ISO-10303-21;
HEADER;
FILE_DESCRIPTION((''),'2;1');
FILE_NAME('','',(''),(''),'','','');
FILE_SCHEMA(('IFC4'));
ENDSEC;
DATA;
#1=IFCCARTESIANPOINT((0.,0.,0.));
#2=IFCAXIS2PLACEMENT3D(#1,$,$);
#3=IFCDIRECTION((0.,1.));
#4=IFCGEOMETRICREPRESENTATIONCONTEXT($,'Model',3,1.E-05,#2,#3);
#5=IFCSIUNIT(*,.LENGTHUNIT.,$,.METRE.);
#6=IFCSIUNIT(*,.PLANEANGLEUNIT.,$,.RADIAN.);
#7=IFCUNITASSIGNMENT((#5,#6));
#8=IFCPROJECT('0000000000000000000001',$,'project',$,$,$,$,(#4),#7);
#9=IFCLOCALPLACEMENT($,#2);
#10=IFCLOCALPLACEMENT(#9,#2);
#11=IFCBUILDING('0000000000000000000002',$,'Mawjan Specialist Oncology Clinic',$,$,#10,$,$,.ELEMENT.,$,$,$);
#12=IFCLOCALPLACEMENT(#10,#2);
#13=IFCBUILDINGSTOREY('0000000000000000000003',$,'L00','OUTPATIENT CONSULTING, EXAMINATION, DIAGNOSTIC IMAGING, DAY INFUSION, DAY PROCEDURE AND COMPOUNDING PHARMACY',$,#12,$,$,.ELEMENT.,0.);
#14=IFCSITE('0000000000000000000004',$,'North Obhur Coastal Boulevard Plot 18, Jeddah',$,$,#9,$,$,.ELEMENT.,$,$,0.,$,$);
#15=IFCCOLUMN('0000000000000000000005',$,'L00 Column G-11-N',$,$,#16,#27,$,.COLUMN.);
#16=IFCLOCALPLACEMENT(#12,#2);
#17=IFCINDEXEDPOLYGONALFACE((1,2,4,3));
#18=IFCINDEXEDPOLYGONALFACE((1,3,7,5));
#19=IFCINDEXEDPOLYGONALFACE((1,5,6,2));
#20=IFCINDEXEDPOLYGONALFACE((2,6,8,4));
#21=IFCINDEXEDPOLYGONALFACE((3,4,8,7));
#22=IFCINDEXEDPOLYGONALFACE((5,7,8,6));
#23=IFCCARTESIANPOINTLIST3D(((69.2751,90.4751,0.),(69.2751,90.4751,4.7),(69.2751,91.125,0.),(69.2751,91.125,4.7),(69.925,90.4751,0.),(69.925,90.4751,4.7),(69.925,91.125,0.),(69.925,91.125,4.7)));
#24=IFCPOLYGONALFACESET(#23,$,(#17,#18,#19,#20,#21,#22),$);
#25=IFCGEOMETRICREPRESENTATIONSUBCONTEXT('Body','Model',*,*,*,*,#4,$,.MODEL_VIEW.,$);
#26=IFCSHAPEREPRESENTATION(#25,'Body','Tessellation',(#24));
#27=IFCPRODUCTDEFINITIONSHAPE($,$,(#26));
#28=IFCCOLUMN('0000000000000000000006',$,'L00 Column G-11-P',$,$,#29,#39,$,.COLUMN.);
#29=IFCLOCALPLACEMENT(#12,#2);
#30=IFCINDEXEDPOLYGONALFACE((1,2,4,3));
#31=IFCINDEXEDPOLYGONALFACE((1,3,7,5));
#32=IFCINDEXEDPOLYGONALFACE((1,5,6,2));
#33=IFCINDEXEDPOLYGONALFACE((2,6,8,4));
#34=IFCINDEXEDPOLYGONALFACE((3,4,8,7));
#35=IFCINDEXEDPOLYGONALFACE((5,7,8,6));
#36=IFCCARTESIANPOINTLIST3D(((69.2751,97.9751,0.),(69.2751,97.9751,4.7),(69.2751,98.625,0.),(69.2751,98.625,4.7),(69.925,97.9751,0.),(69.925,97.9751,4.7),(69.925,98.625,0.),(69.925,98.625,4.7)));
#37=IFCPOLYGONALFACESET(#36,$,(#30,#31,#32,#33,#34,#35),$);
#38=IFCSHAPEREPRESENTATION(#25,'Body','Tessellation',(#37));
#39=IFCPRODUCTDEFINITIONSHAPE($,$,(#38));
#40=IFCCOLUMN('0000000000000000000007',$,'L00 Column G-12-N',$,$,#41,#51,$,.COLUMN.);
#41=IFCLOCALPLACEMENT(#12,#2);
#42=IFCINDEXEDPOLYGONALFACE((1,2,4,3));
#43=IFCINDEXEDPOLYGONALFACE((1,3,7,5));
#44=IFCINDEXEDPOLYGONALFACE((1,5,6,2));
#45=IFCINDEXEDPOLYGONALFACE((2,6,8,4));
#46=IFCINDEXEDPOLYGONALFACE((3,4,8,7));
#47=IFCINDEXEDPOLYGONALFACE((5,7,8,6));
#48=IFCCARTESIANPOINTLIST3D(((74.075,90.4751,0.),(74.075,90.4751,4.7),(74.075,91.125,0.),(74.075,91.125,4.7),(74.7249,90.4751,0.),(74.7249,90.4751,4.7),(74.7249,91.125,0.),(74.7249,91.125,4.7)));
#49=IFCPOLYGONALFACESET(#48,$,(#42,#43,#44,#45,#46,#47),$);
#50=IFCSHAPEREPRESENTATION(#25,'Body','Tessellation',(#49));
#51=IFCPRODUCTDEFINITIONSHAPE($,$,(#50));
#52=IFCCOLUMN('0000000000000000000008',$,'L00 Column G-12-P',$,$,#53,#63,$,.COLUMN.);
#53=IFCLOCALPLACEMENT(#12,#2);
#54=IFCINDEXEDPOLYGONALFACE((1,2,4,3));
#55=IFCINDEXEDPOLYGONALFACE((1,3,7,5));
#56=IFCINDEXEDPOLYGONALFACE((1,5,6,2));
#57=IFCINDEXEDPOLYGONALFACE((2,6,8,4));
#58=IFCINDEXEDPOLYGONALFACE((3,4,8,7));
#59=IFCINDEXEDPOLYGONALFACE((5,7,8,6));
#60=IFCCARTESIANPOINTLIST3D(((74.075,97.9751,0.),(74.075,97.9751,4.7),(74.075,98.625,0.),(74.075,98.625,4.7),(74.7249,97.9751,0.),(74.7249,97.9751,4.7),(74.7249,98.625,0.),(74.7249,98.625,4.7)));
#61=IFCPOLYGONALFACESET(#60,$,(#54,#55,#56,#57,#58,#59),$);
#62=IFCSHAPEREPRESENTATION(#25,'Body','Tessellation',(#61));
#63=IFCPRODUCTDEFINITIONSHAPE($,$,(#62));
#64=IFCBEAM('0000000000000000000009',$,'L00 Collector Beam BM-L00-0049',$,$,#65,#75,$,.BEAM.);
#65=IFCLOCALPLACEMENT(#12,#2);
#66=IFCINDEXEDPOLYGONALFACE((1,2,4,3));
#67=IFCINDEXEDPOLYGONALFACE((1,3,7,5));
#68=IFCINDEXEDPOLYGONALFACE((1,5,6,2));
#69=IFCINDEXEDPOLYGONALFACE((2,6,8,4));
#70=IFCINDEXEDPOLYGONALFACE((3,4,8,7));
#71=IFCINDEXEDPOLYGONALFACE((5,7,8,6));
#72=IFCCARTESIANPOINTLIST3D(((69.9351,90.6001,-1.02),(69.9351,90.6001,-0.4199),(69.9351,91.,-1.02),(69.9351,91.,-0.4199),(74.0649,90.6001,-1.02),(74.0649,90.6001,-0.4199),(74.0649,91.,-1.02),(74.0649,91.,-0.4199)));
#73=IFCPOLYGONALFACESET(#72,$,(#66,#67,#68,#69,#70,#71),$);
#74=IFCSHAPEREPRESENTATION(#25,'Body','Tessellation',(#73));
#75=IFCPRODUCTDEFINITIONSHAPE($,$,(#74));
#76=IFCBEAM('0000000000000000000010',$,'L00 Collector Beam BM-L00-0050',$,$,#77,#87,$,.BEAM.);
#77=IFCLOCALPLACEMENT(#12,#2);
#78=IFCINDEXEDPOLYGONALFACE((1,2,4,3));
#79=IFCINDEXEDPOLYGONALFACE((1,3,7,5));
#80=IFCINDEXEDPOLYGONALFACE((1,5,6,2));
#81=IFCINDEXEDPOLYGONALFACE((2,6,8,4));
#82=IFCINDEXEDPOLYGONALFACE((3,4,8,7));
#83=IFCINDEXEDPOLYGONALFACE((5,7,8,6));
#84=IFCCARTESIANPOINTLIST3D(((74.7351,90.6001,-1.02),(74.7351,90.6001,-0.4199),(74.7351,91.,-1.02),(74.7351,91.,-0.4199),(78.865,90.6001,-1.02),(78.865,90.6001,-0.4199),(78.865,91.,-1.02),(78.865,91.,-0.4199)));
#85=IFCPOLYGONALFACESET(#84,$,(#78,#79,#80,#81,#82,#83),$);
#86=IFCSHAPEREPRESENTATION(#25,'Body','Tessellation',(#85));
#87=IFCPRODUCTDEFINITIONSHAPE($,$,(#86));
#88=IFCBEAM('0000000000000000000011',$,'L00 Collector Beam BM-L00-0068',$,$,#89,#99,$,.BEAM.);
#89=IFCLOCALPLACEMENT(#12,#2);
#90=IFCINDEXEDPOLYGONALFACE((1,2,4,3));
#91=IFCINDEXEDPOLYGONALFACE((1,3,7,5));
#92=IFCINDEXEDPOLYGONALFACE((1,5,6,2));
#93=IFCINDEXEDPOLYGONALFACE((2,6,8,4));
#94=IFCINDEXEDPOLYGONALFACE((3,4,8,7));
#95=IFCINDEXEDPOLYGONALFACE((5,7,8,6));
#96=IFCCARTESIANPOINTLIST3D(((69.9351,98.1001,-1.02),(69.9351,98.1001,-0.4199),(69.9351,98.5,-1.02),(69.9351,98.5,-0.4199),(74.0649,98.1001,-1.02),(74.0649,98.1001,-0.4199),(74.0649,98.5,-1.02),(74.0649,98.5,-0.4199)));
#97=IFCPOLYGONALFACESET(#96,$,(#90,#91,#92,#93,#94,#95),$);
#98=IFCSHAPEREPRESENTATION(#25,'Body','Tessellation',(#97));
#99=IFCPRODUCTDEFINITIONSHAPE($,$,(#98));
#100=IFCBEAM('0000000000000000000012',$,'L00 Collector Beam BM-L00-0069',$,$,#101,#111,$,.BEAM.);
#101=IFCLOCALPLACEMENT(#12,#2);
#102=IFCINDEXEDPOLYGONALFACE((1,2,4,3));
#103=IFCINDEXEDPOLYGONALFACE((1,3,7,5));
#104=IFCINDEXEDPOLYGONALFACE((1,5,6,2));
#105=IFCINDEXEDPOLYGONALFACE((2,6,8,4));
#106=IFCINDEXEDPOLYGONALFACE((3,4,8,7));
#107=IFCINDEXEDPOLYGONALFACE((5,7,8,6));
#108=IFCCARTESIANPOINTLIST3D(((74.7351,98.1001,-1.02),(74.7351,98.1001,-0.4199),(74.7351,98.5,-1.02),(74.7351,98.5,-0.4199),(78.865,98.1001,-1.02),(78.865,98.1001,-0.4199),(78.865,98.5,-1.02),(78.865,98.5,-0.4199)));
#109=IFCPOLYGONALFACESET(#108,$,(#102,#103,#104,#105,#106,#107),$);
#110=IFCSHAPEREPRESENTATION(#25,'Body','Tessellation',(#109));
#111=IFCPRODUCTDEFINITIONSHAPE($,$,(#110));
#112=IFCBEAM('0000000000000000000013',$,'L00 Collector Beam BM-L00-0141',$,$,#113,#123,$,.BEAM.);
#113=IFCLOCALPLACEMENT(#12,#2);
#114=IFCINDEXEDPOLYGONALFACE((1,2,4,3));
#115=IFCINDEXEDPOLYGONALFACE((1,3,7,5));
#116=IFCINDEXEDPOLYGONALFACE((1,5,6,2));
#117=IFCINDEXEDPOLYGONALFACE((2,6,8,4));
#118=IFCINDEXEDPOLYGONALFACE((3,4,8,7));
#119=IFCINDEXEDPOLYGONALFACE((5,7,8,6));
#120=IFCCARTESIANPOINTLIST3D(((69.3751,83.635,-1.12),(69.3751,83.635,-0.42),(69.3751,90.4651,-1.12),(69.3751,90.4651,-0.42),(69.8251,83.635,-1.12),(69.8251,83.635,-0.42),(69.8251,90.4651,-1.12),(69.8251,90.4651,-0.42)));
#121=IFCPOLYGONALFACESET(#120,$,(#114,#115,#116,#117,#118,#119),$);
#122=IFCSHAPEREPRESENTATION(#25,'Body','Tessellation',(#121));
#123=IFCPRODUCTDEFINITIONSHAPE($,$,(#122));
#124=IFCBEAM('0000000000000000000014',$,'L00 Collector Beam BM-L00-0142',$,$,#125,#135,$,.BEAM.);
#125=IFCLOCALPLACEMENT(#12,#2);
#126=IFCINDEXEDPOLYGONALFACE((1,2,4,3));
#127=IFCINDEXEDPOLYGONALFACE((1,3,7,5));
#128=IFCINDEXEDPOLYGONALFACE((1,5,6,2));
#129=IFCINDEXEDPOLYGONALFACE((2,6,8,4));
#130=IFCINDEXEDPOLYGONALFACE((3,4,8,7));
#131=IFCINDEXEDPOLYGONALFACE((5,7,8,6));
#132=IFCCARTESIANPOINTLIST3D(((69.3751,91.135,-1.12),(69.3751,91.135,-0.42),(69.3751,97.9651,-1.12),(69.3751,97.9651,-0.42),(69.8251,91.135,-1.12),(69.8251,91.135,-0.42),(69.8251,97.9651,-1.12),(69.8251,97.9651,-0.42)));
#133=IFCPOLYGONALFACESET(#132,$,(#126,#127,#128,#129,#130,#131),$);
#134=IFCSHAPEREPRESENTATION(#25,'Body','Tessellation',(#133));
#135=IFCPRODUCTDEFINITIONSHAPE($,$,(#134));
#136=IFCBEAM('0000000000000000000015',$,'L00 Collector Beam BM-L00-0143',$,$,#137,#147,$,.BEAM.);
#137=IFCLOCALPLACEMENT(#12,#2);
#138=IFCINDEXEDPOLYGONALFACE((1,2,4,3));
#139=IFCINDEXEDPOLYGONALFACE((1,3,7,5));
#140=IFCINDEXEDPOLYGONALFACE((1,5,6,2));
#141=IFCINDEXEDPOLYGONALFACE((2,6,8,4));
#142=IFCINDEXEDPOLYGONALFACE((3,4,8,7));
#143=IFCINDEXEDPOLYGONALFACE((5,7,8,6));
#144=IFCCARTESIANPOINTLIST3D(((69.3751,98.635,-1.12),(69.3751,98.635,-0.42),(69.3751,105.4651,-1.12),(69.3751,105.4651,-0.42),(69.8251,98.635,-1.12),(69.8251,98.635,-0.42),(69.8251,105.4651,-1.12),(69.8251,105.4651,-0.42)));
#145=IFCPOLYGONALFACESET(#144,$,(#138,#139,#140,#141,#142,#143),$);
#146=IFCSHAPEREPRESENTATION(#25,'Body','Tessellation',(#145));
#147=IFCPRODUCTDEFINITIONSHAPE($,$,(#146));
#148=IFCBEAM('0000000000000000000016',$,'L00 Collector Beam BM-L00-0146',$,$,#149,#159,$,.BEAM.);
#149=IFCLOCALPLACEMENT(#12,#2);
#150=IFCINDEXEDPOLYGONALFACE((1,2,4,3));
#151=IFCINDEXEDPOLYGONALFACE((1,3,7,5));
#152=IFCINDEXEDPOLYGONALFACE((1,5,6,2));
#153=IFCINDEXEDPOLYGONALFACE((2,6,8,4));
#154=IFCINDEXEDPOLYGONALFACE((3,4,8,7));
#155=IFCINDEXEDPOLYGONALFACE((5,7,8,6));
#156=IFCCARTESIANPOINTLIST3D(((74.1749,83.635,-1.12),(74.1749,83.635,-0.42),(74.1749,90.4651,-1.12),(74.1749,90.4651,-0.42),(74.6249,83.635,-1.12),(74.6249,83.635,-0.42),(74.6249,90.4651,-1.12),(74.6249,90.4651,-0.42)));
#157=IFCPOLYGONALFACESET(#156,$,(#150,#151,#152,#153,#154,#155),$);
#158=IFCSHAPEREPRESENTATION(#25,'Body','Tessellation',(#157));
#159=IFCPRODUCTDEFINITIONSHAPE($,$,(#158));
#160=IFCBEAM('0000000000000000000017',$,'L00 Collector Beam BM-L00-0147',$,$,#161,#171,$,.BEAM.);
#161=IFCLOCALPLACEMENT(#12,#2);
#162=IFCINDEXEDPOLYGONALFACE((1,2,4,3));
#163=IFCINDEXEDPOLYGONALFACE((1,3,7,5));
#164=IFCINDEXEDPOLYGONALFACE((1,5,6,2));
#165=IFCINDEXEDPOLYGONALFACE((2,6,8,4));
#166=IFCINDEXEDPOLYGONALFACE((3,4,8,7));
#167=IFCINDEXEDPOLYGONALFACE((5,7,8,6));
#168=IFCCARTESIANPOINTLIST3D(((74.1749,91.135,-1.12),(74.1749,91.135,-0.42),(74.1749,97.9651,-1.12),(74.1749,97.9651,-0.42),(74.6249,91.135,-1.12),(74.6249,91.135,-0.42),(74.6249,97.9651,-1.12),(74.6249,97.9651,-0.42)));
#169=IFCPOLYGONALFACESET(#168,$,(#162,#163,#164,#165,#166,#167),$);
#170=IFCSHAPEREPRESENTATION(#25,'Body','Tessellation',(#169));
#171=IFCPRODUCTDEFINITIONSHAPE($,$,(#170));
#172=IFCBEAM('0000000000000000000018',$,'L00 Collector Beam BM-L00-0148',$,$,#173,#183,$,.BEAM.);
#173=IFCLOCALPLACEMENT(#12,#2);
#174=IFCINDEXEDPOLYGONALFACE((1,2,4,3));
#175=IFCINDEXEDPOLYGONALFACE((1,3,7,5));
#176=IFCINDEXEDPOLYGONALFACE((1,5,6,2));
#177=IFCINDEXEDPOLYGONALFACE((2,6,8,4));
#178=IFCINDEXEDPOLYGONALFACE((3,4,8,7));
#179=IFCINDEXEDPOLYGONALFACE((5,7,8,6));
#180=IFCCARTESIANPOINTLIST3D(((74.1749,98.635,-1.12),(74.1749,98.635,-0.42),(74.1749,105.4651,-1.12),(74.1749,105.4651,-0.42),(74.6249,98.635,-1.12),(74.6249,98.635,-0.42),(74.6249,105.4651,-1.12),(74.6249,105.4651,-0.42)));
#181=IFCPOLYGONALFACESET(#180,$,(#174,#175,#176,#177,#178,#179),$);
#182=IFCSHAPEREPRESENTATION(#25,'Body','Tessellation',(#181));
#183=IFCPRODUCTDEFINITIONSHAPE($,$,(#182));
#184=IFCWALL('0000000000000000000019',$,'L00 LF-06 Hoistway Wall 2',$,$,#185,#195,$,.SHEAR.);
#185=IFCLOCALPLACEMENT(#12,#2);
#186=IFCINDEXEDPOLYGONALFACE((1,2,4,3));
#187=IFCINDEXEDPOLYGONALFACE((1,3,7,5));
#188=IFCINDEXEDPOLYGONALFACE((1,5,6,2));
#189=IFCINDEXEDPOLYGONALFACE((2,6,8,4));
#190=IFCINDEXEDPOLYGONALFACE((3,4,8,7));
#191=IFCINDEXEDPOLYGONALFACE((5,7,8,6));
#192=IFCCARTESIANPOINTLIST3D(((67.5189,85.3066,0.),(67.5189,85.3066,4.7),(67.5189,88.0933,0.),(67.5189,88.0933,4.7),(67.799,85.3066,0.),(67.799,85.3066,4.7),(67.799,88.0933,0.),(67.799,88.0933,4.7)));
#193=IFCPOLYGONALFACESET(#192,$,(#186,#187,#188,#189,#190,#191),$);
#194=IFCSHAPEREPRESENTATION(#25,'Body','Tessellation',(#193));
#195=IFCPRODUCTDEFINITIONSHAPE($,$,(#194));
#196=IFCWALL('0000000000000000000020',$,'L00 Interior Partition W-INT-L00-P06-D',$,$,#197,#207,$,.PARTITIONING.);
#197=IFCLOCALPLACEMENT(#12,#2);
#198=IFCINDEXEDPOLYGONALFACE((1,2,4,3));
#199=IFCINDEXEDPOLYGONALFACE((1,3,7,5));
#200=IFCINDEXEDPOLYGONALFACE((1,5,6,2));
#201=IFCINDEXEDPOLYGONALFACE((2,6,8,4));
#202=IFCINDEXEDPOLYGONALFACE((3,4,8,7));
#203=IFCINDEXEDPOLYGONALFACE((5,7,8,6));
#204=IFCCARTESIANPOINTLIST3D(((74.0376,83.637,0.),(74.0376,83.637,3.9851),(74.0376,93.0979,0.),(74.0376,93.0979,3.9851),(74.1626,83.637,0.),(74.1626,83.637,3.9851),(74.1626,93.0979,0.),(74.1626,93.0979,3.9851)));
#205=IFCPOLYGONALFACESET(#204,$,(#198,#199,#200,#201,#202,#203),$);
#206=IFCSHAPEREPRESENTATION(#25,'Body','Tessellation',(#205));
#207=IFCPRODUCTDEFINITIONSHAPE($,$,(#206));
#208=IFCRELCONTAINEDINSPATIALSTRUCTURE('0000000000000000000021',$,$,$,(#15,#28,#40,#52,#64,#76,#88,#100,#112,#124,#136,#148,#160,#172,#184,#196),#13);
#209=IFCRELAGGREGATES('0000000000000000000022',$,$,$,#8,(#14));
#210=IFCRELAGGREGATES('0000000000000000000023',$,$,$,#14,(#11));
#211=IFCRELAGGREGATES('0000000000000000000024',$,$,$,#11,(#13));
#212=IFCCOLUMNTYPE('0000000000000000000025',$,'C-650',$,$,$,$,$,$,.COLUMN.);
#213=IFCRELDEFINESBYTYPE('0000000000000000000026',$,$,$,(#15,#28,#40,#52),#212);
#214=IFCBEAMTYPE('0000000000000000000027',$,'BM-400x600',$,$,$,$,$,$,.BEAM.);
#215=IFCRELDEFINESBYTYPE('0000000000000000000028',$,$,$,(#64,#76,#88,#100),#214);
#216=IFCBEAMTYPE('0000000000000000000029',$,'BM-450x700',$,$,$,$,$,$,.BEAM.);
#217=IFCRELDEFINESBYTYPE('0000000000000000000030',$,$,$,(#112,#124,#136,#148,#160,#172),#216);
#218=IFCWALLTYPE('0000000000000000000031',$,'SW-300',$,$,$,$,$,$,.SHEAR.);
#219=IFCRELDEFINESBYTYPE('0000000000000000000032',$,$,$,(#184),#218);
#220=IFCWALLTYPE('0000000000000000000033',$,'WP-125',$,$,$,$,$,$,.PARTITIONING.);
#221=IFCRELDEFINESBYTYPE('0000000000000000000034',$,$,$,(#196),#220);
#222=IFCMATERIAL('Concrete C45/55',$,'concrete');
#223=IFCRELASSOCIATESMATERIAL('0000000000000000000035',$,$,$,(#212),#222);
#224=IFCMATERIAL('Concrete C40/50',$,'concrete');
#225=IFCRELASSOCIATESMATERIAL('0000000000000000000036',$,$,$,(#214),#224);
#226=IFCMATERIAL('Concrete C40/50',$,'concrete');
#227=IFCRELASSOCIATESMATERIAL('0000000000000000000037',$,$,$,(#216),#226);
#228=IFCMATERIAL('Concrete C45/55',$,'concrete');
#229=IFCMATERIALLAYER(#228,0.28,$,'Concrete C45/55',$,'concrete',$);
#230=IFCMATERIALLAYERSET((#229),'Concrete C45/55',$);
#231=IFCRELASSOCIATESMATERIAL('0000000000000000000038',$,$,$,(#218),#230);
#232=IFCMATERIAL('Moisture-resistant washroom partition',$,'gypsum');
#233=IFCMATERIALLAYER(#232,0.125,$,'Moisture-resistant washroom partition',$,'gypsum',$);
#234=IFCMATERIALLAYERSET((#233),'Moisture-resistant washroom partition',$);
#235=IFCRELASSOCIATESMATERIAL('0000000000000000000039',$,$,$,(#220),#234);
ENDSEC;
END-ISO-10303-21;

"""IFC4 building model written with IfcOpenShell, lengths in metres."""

from ifc_helpers import new_model, si_unit, direction, frame, frame_2d, origin, origin_2d, place, context, subcontext, project, spatial, rectangle, extrude, material, layer, layer_set, material_profile, profile_set, type_object, element, save


model = new_model("IFC4")

# Units and contexts
model_context = context("Model", 3, precision=1e-05, world=origin(), true_north=direction((0.0, 1.0)))
body_context = subcontext(model_context, "Body", "Model", "MODEL_VIEW")
ifc_project = project(units=[si_unit("LENGTHUNIT", "METRE"), si_unit("PLANEANGLEUNIT", "RADIAN")], contexts=[model_context])

# Site, building, storey
site_placement = place(None, origin())
site = spatial("IfcSite", under=ifc_project, at=site_placement, Name="North Obhur Coastal Boulevard Plot 18, Jeddah", CompositionType="ELEMENT", RefElevation=0.0)
building_placement = place(site_placement, origin())
building = spatial("IfcBuilding", under=site, at=building_placement, Name="Mawjan Specialist Oncology Clinic", CompositionType="ELEMENT")
storey_placement = place(building_placement, origin())
storey = spatial("IfcBuildingStorey", under=building, at=storey_placement, Name="L00", Description="OUTPATIENT CONSULTING, EXAMINATION, DIAGNOSTIC IMAGING, DAY INFUSION, DAY PROCEDURE AND COMPOUNDING PHARMACY", CompositionType="ELEMENT", Elevation=0.0)

# Columns
ifc_material_1 = material(Name="Concrete C45/55", Category="concrete")
ifc_material_profile_1 = material_profile(ifc_material_1, rectangle(XDim=0.6499, YDim=0.6499, at=origin_2d()), Name="RC COL 650x650", Category="concrete")
ifc_profile_set_1 = profile_set([ifc_material_profile_1], Name="Concrete C45/55")
column_type = type_object("IfcColumnType", Name="C-650", PredefinedType="COLUMN", material=ifc_profile_set_1)
for number, where, z_axis, x_axis, name in (
    (1, (69.6001, 90.8, 0.0), (0.0, 0.0, 1.0), (1.0, 0.0, 0.0), "L00 Column G-11-N"),
    (2, (69.6001, 98.3, 0.0), (0.0, 0.0, 1.0), (1.0, 0.0, 0.0), "L00 Column G-11-P"),
    (3, (74.3999, 90.8, 0.0), (0.0, 0.0, 1.0), (1.0, 0.0, 0.0), "L00 Column G-12-N"),
    (4, (74.3999, 98.3, 0.0), (0.0, 0.0, 1.0), (1.0, 0.0, 0.0), "L00 Column G-12-P"),
):
    element("IfcColumn", number, at=place(storey_placement, frame(where, z_axis=z_axis, x_axis=x_axis)), inside=storey, type_object=column_type, Name=name, PredefinedType="COLUMN", context=body_context, shape_type="SweptSolid", body=[
        extrude(rectangle(XDim=0.6499, YDim=0.6499, at=origin_2d()), origin(), (0.0, 0.0, 1.0), 4.7),
    ])

# Beams
ifc_material_2 = material(Name="Concrete C40/50", Category="concrete")
ifc_material_profile_2 = material_profile(ifc_material_2, rectangle(XDim=0.3999, YDim=0.6001, at=origin_2d()), Name="RC BM 400x600", Category="concrete")
ifc_profile_set_2 = profile_set([ifc_material_profile_2], Name="Concrete C40/50")
beam_type_1 = type_object("IfcBeamType", Name="BM-400x600", PredefinedType="BEAM", material=ifc_profile_set_2)
for number, where, z_axis, x_axis, name in (
    (5, (69.9351, 90.8, -0.72), (1.0, 0.0, 0.0), (0.0, 1.0, 0.0), "L00 Collector Beam BM-L00-0049"),
    (6, (74.7351, 90.8, -0.72), (1.0, 0.0, 0.0), (0.0, 1.0, 0.0), "L00 Collector Beam BM-L00-0050"),
    (7, (69.9351, 98.3, -0.72), (1.0, 0.0, 0.0), (0.0, 1.0, 0.0), "L00 Collector Beam BM-L00-0068"),
    (8, (74.7351, 98.3, -0.72), (1.0, 0.0, 0.0), (0.0, 1.0, 0.0), "L00 Collector Beam BM-L00-0069"),
):
    element("IfcBeam", number, at=place(storey_placement, frame(where, z_axis=z_axis, x_axis=x_axis)), inside=storey, type_object=beam_type_1, Name=name, PredefinedType="BEAM", context=body_context, shape_type="SweptSolid", body=[
        extrude(rectangle(XDim=0.3999, YDim=0.6001, at=origin_2d()), origin(), (0.0, 0.0, 1.0), 4.1299),
    ])
ifc_material_3 = material(Name="Concrete C40/50", Category="concrete")
ifc_material_profile_3 = material_profile(ifc_material_3, rectangle(XDim=0.45, YDim=0.7, at=origin_2d()), Name="RC BM 450x700", Category="concrete")
ifc_profile_set_3 = profile_set([ifc_material_profile_3], Name="Concrete C40/50")
beam_type_2 = type_object("IfcBeamType", Name="BM-450x700", PredefinedType="BEAM", material=ifc_profile_set_3)
for number, where, z_axis, x_axis, name in (
    (9, (69.6001, 83.635, -0.77), (0.0, 1.0, 0.0), (-1.0, 0.0, 0.0), "L00 Collector Beam BM-L00-0141"),
    (10, (69.6001, 91.135, -0.77), (0.0, 1.0, 0.0), (-1.0, 0.0, 0.0), "L00 Collector Beam BM-L00-0142"),
    (11, (69.6001, 98.635, -0.77), (0.0, 1.0, 0.0), (-1.0, 0.0, 0.0), "L00 Collector Beam BM-L00-0143"),
    (12, (74.3999, 83.635, -0.77), (0.0, 1.0, 0.0), (-1.0, 0.0, 0.0), "L00 Collector Beam BM-L00-0146"),
    (13, (74.3999, 91.135, -0.77), (0.0, 1.0, 0.0), (-1.0, 0.0, 0.0), "L00 Collector Beam BM-L00-0147"),
    (14, (74.3999, 98.635, -0.77), (0.0, 1.0, 0.0), (-1.0, 0.0, 0.0), "L00 Collector Beam BM-L00-0148"),
):
    element("IfcBeam", number, at=place(storey_placement, frame(where, z_axis=z_axis, x_axis=x_axis)), inside=storey, type_object=beam_type_2, Name=name, PredefinedType="BEAM", context=body_context, shape_type="SweptSolid", body=[
        extrude(rectangle(XDim=0.45, YDim=0.7, at=origin_2d()), origin(), (0.0, 0.0, 1.0), 6.8301),
    ])

# Wall
ifc_material_4 = material(Name="Concrete C45/55", Category="concrete")
ifc_layer_1 = layer(ifc_material_4, 0.28, Name="Concrete C45/55", Category="concrete")
ifc_layer_set_1 = layer_set([ifc_layer_1], Name="Concrete C45/55")
wall_type_1 = type_object("IfcWallType", Name="SW-300", PredefinedType="SHEAR", material=ifc_layer_set_1)
wall_1_placement = place(storey_placement, frame((67.6589, 85.3066, 0.0), z_axis=(0.0, 0.0, 1.0), x_axis=(0.0, 1.0, 0.0)))
element("IfcWall", 15, at=wall_1_placement, inside=storey, type_object=wall_type_1, Name="L00 LF-06 Hoistway Wall 2", PredefinedType="SHEAR", context=body_context, shape_type="SweptSolid", body=[
    extrude(rectangle(XDim=2.7866, YDim=0.28, at=frame_2d((1.3933, 0.0))), origin(), (0.0, 0.0, 1.0), 4.7),
])

# Wall
ifc_material_5 = material(Name="Moisture-resistant washroom partition", Category="gypsum")
ifc_layer_2 = layer(ifc_material_5, 0.125, Name="Moisture-resistant washroom partition", Category="gypsum")
ifc_layer_set_2 = layer_set([ifc_layer_2], Name="Moisture-resistant washroom partition")
wall_type_2 = type_object("IfcWallType", Name="WP-125", PredefinedType="PARTITIONING", material=ifc_layer_set_2)
wall_2_placement = place(storey_placement, frame((74.1001, 83.637, 0.0), z_axis=(0.0, 0.0, 1.0), x_axis=(0.0, 1.0, 0.0)))
element("IfcWall", 16, at=wall_2_placement, inside=storey, type_object=wall_type_2, Name="L00 Interior Partition W-INT-L00-P06-D", PredefinedType="PARTITIONING", context=body_context, shape_type="SweptSolid", body=[
    extrude(rectangle(XDim=9.4609, YDim=0.125, at=frame_2d((4.7305, 0.0))), origin(), (0.0, 0.0, 1.0), 3.9851),
])

save(model, "model.ifc")
